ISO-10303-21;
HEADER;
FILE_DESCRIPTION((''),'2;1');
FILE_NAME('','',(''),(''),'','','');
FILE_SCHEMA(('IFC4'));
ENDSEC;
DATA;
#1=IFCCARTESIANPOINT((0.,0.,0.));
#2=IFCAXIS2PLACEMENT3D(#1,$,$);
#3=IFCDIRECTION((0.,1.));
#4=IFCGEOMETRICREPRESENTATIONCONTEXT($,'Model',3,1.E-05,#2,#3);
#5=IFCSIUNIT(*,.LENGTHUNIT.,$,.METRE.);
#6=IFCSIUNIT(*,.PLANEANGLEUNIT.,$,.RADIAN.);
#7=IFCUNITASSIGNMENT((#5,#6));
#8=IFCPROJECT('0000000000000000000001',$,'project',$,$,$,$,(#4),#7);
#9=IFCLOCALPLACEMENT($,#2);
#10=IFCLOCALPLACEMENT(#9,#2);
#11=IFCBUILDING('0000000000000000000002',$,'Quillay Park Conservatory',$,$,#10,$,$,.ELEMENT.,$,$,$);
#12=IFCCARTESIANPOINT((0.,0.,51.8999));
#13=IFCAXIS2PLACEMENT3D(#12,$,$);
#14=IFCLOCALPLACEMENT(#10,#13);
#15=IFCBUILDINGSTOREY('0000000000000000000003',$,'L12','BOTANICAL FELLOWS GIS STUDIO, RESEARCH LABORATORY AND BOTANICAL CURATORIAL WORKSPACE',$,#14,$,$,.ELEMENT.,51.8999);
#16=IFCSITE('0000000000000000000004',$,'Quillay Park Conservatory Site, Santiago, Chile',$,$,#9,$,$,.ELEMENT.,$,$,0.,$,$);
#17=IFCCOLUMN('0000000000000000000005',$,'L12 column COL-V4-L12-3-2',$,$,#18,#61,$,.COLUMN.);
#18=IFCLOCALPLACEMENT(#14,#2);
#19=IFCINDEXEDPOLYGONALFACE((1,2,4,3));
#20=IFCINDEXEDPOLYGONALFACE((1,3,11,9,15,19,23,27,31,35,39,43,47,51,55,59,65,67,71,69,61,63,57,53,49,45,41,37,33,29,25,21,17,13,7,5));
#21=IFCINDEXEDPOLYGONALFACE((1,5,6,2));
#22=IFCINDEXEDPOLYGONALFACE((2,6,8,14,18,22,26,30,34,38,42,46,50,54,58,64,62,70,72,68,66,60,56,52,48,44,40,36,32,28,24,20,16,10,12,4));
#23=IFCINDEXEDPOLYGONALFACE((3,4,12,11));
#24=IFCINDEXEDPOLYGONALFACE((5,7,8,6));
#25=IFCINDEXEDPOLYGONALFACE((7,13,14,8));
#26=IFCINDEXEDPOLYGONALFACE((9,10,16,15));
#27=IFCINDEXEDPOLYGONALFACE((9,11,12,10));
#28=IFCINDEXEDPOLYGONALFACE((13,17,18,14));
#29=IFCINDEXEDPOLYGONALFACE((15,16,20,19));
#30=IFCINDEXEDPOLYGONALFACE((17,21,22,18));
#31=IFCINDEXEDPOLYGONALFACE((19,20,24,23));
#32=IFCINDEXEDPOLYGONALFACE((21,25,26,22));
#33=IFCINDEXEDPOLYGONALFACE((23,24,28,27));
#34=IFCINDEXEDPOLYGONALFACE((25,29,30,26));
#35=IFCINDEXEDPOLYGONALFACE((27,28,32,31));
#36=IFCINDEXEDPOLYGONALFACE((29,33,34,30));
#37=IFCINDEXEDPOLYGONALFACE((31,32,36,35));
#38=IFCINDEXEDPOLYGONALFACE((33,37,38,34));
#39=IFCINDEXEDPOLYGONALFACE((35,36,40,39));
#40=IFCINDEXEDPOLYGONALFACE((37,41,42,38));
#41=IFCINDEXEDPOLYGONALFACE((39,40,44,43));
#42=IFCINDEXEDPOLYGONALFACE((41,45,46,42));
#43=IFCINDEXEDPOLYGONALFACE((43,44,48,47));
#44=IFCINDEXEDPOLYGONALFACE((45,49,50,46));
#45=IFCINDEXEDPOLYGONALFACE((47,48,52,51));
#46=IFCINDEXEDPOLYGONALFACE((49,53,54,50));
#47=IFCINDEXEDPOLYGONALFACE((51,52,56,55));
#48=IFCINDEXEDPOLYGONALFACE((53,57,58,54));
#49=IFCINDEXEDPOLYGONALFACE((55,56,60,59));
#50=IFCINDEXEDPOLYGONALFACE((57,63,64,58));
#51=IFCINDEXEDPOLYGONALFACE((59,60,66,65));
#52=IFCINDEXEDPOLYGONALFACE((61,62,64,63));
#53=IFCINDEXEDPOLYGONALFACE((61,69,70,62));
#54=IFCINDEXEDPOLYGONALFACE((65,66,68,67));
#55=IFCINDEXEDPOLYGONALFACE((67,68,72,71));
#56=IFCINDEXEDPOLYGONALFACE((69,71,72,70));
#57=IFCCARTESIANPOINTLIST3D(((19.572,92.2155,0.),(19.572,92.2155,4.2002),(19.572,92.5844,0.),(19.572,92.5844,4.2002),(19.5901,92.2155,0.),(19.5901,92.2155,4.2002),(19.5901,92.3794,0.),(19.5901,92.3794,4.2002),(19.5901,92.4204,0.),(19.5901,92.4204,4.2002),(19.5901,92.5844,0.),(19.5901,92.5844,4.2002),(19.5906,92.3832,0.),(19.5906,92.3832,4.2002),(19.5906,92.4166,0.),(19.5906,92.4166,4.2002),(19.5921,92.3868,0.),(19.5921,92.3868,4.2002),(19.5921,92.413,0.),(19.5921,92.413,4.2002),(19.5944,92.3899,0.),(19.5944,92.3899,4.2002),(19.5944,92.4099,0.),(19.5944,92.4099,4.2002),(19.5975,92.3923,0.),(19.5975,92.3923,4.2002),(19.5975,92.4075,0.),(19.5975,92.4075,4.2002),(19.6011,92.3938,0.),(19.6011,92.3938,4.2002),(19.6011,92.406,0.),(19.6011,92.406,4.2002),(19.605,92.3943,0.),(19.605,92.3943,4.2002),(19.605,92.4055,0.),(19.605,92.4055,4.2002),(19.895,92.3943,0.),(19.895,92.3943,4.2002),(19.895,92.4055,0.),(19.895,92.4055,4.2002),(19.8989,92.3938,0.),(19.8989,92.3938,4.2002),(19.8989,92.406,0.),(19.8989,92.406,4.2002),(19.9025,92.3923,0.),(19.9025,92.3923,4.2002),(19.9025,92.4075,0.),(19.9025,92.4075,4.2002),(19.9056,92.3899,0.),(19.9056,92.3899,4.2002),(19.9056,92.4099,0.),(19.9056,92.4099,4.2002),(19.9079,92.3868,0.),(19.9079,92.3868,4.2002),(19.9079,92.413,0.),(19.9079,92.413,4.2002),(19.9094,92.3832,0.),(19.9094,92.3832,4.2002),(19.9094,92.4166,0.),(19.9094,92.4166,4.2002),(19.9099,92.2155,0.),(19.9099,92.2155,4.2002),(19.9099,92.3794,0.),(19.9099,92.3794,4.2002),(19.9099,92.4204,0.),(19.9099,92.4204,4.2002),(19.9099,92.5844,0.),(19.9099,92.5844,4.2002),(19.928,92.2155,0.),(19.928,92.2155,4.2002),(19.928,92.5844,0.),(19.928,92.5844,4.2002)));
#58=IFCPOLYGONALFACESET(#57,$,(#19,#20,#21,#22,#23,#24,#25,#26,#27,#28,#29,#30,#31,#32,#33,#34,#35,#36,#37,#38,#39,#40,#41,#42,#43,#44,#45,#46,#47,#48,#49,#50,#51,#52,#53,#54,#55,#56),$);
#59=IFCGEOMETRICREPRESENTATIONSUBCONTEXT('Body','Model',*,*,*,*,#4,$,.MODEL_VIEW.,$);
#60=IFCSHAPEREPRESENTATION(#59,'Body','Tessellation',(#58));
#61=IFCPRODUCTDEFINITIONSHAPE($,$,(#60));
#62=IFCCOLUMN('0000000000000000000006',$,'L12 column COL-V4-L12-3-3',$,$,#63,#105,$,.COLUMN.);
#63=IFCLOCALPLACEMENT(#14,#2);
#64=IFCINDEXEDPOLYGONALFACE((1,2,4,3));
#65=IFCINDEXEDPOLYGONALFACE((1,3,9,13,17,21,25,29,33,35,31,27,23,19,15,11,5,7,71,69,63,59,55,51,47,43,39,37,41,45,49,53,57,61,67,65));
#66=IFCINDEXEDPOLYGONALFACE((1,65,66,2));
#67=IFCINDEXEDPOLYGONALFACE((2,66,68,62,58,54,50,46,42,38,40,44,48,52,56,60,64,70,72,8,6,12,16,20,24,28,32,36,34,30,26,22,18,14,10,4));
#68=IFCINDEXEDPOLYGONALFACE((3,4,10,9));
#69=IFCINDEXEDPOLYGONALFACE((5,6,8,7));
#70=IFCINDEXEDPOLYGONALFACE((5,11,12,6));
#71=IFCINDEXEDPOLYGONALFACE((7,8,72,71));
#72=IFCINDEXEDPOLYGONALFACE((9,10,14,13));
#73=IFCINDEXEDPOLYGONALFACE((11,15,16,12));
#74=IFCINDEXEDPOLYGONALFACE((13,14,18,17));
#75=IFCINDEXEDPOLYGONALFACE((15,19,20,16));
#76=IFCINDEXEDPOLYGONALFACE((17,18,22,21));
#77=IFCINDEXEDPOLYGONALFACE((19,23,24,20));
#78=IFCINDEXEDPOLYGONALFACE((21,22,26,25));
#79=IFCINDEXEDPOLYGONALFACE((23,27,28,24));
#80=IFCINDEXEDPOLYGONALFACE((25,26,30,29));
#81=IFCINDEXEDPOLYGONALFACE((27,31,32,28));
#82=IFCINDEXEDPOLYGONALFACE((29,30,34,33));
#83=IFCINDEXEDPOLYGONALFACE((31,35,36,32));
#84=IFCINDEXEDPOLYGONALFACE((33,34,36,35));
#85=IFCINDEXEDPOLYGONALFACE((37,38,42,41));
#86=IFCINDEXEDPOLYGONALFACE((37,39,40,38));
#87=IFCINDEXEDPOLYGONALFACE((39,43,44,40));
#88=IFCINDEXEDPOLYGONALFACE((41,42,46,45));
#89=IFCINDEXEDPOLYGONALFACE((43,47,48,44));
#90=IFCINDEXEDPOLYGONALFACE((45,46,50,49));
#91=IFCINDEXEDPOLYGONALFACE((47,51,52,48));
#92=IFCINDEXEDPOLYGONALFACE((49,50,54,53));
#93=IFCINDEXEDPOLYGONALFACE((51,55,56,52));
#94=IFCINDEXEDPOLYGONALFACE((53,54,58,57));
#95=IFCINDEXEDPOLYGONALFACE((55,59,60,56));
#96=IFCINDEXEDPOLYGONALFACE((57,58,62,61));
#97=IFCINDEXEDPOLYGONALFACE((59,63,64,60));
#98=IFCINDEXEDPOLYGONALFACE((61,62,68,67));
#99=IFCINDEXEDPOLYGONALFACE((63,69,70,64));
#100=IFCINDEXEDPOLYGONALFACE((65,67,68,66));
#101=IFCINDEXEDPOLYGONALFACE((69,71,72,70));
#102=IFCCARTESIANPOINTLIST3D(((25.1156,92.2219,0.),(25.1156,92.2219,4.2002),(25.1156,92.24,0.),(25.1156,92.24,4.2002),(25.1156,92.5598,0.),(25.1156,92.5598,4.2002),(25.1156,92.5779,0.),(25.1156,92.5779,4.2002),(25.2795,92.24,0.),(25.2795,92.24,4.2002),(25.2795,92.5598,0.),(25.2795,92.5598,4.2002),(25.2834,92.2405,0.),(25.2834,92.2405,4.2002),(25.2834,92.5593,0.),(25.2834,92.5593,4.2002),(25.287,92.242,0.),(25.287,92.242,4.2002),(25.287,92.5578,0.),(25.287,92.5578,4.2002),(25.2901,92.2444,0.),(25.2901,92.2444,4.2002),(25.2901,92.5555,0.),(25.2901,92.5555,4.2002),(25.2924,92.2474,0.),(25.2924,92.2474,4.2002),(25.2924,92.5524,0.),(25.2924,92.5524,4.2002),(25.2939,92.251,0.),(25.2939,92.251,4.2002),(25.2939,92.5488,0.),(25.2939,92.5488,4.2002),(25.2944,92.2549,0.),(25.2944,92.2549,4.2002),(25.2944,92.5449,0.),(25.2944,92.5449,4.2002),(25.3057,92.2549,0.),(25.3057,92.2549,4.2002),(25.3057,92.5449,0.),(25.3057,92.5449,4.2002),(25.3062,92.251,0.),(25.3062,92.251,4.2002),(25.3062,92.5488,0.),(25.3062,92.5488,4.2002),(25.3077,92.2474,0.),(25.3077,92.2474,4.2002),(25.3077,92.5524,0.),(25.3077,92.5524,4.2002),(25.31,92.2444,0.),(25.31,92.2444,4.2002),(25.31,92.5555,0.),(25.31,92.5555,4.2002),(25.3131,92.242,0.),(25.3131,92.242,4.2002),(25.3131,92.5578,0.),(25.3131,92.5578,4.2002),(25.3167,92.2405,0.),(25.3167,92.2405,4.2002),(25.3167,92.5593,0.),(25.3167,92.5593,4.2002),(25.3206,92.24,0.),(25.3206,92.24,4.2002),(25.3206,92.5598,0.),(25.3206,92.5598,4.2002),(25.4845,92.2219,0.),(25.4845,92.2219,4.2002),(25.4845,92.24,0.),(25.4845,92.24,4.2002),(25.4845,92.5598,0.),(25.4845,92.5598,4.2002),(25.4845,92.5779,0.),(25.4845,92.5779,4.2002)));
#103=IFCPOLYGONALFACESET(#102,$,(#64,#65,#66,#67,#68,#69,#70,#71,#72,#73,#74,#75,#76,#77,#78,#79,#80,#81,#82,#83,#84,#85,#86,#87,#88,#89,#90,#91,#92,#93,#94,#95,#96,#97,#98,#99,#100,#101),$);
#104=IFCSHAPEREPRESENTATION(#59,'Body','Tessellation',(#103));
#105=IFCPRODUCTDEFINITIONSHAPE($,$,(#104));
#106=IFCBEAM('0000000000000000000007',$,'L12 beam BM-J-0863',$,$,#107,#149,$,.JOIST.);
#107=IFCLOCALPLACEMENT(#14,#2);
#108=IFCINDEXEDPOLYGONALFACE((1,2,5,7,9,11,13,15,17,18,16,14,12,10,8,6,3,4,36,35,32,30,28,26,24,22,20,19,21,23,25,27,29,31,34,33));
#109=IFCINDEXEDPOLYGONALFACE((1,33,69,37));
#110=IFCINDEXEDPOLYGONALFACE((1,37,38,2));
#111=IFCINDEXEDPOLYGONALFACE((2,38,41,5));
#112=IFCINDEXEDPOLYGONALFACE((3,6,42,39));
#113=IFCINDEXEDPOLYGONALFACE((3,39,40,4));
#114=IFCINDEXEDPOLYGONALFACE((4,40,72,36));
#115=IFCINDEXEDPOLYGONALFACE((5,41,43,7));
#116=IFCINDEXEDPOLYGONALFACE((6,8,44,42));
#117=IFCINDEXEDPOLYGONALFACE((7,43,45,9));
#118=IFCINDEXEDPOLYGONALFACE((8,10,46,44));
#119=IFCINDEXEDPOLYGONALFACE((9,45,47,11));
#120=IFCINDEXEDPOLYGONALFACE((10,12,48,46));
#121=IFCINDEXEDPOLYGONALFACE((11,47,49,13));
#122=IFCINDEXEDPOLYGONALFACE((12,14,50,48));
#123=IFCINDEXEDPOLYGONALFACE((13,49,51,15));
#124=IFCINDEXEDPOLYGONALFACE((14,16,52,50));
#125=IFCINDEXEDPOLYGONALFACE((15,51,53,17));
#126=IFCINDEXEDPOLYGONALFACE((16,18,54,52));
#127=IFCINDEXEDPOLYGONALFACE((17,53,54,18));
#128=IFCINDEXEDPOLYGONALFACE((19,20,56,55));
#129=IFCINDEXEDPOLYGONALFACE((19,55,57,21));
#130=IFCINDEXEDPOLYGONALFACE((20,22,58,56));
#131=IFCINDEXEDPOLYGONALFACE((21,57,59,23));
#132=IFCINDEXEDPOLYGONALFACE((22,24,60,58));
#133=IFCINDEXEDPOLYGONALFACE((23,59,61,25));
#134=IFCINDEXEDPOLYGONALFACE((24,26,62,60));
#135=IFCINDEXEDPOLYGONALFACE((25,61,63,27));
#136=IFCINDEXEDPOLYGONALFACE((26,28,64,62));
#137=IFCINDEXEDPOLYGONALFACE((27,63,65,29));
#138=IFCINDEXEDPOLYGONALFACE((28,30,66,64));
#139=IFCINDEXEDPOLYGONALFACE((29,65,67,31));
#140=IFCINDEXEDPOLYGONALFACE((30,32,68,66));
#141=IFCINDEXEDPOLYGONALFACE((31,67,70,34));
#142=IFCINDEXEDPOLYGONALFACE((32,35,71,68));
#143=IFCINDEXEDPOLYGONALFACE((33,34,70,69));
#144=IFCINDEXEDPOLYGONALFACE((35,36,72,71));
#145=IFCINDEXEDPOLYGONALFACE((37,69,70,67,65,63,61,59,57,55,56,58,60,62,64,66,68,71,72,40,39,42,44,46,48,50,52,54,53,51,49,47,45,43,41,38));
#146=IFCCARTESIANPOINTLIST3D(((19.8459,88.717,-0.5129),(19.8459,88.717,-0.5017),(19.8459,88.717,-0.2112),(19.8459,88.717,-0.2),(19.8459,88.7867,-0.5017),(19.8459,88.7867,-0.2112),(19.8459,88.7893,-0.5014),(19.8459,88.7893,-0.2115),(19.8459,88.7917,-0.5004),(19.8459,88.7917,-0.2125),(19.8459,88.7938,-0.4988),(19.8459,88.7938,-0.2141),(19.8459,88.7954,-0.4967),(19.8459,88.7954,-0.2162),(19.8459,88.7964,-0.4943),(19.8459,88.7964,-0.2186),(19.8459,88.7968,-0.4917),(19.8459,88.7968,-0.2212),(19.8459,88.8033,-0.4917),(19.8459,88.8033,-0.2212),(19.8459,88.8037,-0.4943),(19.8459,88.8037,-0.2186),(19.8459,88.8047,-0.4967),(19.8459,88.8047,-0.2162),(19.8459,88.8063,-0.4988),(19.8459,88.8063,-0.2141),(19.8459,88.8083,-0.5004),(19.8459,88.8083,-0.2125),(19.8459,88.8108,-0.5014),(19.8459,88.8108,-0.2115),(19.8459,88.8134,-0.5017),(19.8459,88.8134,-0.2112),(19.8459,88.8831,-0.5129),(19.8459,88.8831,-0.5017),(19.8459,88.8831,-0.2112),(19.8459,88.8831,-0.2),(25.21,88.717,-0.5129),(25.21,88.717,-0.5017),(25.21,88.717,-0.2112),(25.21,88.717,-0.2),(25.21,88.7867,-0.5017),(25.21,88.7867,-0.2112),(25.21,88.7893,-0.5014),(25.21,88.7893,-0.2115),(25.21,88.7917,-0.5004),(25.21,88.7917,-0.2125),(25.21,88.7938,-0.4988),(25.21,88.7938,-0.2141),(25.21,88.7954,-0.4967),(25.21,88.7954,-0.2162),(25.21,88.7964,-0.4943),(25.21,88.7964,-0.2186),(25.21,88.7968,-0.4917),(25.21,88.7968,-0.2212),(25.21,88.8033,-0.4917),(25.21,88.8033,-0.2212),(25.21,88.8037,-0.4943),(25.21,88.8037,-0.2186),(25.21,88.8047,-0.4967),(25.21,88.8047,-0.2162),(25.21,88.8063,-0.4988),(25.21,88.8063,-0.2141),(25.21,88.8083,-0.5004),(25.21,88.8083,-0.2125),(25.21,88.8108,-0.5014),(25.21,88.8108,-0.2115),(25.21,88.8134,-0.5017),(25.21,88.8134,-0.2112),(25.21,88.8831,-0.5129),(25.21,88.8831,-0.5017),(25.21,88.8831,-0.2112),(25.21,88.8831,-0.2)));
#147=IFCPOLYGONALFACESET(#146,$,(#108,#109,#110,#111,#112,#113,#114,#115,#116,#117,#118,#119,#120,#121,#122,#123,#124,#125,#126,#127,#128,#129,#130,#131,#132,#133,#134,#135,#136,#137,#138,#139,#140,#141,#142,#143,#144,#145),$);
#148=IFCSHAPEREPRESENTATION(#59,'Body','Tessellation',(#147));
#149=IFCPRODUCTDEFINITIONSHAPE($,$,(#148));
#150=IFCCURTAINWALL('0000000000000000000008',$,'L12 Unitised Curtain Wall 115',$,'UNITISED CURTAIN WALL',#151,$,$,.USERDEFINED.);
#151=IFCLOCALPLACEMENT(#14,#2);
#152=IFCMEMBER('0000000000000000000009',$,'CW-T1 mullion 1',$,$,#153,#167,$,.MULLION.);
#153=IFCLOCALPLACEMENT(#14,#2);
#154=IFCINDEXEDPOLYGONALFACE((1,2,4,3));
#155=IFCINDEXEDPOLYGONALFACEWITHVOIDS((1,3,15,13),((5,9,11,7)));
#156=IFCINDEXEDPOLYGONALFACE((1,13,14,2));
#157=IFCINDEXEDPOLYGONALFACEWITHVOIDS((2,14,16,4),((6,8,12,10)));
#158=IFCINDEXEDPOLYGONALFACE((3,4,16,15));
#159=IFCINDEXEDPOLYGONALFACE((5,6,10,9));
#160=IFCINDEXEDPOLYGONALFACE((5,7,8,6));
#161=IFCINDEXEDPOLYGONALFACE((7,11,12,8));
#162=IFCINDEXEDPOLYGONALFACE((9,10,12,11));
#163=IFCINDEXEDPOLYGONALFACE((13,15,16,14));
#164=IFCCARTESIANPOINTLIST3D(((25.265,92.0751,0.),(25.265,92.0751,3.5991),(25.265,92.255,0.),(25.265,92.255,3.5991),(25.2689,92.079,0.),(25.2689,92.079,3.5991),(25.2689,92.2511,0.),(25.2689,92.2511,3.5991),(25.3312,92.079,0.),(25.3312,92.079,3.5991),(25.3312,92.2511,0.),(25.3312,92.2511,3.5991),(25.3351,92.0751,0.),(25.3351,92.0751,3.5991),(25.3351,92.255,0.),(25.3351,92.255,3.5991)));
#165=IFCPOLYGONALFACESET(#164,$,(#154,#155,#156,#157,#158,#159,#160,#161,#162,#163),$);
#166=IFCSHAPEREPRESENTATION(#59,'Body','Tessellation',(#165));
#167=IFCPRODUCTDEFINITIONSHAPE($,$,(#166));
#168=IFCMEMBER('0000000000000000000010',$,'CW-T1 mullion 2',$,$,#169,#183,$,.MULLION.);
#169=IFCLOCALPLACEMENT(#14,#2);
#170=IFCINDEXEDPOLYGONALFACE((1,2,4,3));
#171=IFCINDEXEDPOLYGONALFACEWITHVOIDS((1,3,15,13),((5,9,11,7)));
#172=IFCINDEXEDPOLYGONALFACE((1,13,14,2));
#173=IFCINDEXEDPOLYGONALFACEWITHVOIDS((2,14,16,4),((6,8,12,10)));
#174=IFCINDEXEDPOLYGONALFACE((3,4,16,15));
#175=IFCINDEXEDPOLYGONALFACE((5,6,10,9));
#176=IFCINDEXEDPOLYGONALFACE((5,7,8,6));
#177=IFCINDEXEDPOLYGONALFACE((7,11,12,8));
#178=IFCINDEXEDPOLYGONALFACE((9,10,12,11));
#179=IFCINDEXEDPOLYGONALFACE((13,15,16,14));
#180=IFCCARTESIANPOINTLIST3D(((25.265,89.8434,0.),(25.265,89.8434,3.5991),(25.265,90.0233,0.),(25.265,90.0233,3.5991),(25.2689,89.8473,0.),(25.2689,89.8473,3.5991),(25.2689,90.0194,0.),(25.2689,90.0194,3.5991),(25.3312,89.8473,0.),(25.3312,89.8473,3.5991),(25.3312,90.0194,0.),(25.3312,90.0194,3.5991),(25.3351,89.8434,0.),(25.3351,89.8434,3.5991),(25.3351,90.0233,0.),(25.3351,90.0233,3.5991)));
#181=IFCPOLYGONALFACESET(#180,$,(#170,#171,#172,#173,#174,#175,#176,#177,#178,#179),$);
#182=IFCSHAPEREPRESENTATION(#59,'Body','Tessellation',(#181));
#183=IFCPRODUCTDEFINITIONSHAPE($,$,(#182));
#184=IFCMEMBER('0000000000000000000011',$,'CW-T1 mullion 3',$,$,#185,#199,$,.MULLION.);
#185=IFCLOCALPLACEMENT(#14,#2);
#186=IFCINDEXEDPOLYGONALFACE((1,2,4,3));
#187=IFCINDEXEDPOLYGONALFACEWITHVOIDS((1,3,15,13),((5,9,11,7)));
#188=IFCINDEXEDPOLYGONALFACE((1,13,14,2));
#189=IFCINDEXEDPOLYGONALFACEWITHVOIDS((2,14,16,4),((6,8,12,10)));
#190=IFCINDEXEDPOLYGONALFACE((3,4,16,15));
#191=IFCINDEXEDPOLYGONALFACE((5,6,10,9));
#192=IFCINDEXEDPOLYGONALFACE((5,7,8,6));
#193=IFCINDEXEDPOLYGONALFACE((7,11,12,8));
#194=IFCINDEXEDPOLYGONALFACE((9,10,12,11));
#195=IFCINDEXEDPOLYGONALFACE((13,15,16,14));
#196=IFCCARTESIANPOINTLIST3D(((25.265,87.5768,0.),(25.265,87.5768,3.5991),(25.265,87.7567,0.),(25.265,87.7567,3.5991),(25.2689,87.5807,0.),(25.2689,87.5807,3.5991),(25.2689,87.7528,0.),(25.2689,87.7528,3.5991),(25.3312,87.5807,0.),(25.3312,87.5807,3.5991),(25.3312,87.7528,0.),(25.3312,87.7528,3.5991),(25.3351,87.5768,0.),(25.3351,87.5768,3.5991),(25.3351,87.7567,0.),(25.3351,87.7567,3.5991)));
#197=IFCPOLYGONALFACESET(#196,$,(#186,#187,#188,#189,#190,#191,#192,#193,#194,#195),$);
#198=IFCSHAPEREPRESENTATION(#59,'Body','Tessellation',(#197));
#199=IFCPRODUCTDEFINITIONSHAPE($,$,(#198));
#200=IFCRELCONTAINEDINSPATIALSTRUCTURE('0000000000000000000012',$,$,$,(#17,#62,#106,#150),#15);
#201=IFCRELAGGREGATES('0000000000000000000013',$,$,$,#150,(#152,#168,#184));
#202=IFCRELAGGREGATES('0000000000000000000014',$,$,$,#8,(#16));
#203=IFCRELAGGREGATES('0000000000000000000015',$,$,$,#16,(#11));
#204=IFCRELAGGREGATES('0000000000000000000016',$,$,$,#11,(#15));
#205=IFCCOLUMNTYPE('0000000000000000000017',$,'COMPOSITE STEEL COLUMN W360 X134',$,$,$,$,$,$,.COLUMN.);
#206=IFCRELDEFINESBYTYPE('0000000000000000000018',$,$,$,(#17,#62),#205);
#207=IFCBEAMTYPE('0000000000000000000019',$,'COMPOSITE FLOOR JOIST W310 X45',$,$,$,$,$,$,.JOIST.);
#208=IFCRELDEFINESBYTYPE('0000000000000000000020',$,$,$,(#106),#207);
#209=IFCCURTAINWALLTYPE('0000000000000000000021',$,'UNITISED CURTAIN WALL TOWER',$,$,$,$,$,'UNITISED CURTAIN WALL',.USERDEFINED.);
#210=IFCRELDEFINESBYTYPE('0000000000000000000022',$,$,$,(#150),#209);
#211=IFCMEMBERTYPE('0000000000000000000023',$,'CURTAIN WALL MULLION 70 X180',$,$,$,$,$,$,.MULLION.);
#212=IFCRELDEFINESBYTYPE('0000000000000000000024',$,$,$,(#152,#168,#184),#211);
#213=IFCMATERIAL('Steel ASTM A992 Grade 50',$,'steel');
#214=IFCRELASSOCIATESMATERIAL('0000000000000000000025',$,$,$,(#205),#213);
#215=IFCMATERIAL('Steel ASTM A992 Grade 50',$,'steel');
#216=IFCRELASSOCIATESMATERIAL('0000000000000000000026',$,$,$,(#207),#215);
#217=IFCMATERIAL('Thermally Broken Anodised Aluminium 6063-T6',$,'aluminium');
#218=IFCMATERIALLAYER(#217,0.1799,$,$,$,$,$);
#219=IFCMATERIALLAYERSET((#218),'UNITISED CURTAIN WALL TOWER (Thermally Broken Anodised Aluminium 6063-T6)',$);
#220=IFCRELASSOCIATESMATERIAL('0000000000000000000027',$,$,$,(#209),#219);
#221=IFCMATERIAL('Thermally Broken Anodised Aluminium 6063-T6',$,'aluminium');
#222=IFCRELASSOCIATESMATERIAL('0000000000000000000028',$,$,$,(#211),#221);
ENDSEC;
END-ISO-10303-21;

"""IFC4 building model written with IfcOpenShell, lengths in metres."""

from ifc_helpers import new_model, si_unit, direction, frame, origin, origin_2d, place, context, subcontext, project, spatial, hollow_rectangle, i_section, extrude, material, layer, layer_set, material_profile, profile_set, type_object, element, aggregate, save


model = new_model("IFC4")

# Units and contexts
model_context = context("Model", 3, precision=1e-05, world=origin(), true_north=direction((0.0, 1.0)))
body_context = subcontext(model_context, "Body", "Model", "MODEL_VIEW")
ifc_project = project(units=[si_unit("LENGTHUNIT", "METRE"), si_unit("PLANEANGLEUNIT", "RADIAN")], contexts=[model_context])

# Site, building, storey
site_placement = place(None, origin())
site = spatial("IfcSite", under=ifc_project, at=site_placement, Name="Quillay Park Conservatory Site, Santiago, Chile", CompositionType="ELEMENT", RefElevation=0.0)
building_placement = place(site_placement, origin())
building = spatial("IfcBuilding", under=site, at=building_placement, Name="Quillay Park Conservatory", CompositionType="ELEMENT")
storey_placement = place(building_placement, frame((0.0, 0.0, 51.8999)))
storey = spatial("IfcBuildingStorey", under=building, at=storey_placement, Name="L12", Description="BOTANICAL FELLOWS GIS STUDIO, RESEARCH LABORATORY AND BOTANICAL CURATORIAL WORKSPACE", CompositionType="ELEMENT", Elevation=51.8999)

# Columns
ifc_material_1 = material(Name="Steel ASTM A992 Grade 50", Category="steel")
ifc_material_profile_1 = material_profile(ifc_material_1, i_section(OverallWidth=0.3689, OverallDepth=0.356, WebThickness=0.0112, FlangeThickness=0.0181, FilletRadius=0.0149, at=origin_2d()), Name="W360x134")
ifc_profile_set_1 = profile_set([ifc_material_profile_1], Name="Steel ASTM A992 Grade 50")
column_type = type_object("IfcColumnType", Name="COMPOSITE STEEL COLUMN W360 X134", PredefinedType="COLUMN", material=ifc_profile_set_1)
for number, where, z_axis, x_axis, name in (
    (1, (19.75, 92.3999, 0.0), (0.0, 0.0, 1.0), (0.0, 1.0, 0.0), "L12 column COL-V4-L12-3-2"),
    (2, (25.3, 92.3999, 0.0), (0.0, 0.0, 1.0), (1.0, 0.0, 0.0), "L12 column COL-V4-L12-3-3"),
):
    element("IfcColumn", number, at=place(storey_placement, frame(where, z_axis=z_axis, x_axis=x_axis)), inside=storey, type_object=column_type, Name=name, PredefinedType="COLUMN", context=body_context, shape_type="SweptSolid", body=[
        extrude(i_section(OverallWidth=0.3689, OverallDepth=0.356, WebThickness=0.0112, FlangeThickness=0.0181, FilletRadius=0.0149, at=origin_2d()), origin(), (0.0, 0.0, 1.0), 4.2002),
    ])

# Beam
ifc_material_2 = material(Name="Steel ASTM A992 Grade 50", Category="steel")
ifc_material_profile_2 = material_profile(ifc_material_2, i_section(OverallWidth=0.166, OverallDepth=0.313, WebThickness=0.0066, FlangeThickness=0.0112, FilletRadius=0.01, at=origin_2d()), Name="W310x45")
ifc_profile_set_2 = profile_set([ifc_material_profile_2], Name="Steel ASTM A992 Grade 50")
beam_type_1 = type_object("IfcBeamType", Name="COMPOSITE FLOOR JOIST W310 X45", PredefinedType="JOIST", material=ifc_profile_set_2)
beam_1_placement = place(storey_placement, frame((19.8459, 88.8, -0.3564), z_axis=(1.0, 0.0, 0.0), x_axis=(0.0, 1.0, 0.0)))
element("IfcBeam", 3, at=beam_1_placement, inside=storey, type_object=beam_type_1, Name="L12 beam BM-J-0863", PredefinedType="JOIST", context=body_context, shape_type="SweptSolid", body=[
    extrude(i_section(OverallWidth=0.166, OverallDepth=0.313, WebThickness=0.0066, FlangeThickness=0.0112, FilletRadius=0.01, at=origin_2d()), origin(), (0.0, 0.0, 1.0), 5.364),
])

# Curtain wall, members
ifc_material_3 = material(Name="Thermally Broken Anodised Aluminium 6063-T6", Category="aluminium")
ifc_layer_1 = layer(ifc_material_3, 0.1799)
ifc_layer_set_1 = layer_set([ifc_layer_1], Name="UNITISED CURTAIN WALL TOWER (Thermally Broken Anodised Aluminium 6063-T6)")
curtain_wall_type = type_object("IfcCurtainWallType", Name="UNITISED CURTAIN WALL TOWER", ElementType="UNITISED CURTAIN WALL", PredefinedType="USERDEFINED", material=ifc_layer_set_1)
curtain_wall_placement = place(storey_placement, origin())
curtain_wall = element("IfcCurtainWall", 4, at=curtain_wall_placement, inside=storey, type_object=curtain_wall_type, Name="L12 Unitised Curtain Wall 115", ObjectType="UNITISED CURTAIN WALL", PredefinedType="USERDEFINED")
ifc_material_4 = material(Name="Thermally Broken Anodised Aluminium 6063-T6", Category="aluminium")
ifc_material_profile_3 = material_profile(ifc_material_4, hollow_rectangle(XDim=0.0701, YDim=0.1799, WallThickness=0.0039, at=origin_2d()), Name="AL70x180x4")
ifc_profile_set_3 = profile_set([ifc_material_profile_3], Name="Thermally Broken Anodised Aluminium 6063-T6")
member_type_1 = type_object("IfcMemberType", Name="CURTAIN WALL MULLION 70 X180", PredefinedType="MULLION", material=ifc_profile_set_3)
member_1_placement = place(storey_placement, frame((25.3, 92.165, 0.0), z_axis=(0.0, 0.0, 1.0), x_axis=(1.0, 0.0, 0.0)))
member_1 = element("IfcMember", 5, at=member_1_placement, type_object=member_type_1, Name="CW-T1 mullion 1", PredefinedType="MULLION", context=body_context, shape_type="SweptSolid", body=[
    extrude(hollow_rectangle(XDim=0.0701, YDim=0.1799, WallThickness=0.0039, at=origin_2d()), origin(), (0.0, 0.0, 1.0), 3.5991),
])
member_2_placement = place(storey_placement, frame((25.3, 89.9333, 0.0), z_axis=(0.0, 0.0, 1.0), x_axis=(1.0, 0.0, 0.0)))
member_2 = element("IfcMember", 6, at=member_2_placement, type_object=member_type_1, Name="CW-T1 mullion 2", PredefinedType="MULLION", context=body_context, shape_type="SweptSolid", body=[
    extrude(hollow_rectangle(XDim=0.0701, YDim=0.1799, WallThickness=0.0039, at=origin_2d()), origin(), (0.0, 0.0, 1.0), 3.5991),
])
member_3_placement = place(storey_placement, frame((25.3, 87.6667, 0.0), z_axis=(0.0, 0.0, 1.0), x_axis=(1.0, 0.0, 0.0)))
member_3 = element("IfcMember", 7, at=member_3_placement, type_object=member_type_1, Name="CW-T1 mullion 3", PredefinedType="MULLION", context=body_context, shape_type="SweptSolid", body=[
    extrude(hollow_rectangle(XDim=0.0701, YDim=0.1799, WallThickness=0.0039, at=origin_2d()), origin(), (0.0, 0.0, 1.0), 3.5991),
])

aggregate(curtain_wall, [member_1, member_2, member_3])

save(model, "model.ifc")
